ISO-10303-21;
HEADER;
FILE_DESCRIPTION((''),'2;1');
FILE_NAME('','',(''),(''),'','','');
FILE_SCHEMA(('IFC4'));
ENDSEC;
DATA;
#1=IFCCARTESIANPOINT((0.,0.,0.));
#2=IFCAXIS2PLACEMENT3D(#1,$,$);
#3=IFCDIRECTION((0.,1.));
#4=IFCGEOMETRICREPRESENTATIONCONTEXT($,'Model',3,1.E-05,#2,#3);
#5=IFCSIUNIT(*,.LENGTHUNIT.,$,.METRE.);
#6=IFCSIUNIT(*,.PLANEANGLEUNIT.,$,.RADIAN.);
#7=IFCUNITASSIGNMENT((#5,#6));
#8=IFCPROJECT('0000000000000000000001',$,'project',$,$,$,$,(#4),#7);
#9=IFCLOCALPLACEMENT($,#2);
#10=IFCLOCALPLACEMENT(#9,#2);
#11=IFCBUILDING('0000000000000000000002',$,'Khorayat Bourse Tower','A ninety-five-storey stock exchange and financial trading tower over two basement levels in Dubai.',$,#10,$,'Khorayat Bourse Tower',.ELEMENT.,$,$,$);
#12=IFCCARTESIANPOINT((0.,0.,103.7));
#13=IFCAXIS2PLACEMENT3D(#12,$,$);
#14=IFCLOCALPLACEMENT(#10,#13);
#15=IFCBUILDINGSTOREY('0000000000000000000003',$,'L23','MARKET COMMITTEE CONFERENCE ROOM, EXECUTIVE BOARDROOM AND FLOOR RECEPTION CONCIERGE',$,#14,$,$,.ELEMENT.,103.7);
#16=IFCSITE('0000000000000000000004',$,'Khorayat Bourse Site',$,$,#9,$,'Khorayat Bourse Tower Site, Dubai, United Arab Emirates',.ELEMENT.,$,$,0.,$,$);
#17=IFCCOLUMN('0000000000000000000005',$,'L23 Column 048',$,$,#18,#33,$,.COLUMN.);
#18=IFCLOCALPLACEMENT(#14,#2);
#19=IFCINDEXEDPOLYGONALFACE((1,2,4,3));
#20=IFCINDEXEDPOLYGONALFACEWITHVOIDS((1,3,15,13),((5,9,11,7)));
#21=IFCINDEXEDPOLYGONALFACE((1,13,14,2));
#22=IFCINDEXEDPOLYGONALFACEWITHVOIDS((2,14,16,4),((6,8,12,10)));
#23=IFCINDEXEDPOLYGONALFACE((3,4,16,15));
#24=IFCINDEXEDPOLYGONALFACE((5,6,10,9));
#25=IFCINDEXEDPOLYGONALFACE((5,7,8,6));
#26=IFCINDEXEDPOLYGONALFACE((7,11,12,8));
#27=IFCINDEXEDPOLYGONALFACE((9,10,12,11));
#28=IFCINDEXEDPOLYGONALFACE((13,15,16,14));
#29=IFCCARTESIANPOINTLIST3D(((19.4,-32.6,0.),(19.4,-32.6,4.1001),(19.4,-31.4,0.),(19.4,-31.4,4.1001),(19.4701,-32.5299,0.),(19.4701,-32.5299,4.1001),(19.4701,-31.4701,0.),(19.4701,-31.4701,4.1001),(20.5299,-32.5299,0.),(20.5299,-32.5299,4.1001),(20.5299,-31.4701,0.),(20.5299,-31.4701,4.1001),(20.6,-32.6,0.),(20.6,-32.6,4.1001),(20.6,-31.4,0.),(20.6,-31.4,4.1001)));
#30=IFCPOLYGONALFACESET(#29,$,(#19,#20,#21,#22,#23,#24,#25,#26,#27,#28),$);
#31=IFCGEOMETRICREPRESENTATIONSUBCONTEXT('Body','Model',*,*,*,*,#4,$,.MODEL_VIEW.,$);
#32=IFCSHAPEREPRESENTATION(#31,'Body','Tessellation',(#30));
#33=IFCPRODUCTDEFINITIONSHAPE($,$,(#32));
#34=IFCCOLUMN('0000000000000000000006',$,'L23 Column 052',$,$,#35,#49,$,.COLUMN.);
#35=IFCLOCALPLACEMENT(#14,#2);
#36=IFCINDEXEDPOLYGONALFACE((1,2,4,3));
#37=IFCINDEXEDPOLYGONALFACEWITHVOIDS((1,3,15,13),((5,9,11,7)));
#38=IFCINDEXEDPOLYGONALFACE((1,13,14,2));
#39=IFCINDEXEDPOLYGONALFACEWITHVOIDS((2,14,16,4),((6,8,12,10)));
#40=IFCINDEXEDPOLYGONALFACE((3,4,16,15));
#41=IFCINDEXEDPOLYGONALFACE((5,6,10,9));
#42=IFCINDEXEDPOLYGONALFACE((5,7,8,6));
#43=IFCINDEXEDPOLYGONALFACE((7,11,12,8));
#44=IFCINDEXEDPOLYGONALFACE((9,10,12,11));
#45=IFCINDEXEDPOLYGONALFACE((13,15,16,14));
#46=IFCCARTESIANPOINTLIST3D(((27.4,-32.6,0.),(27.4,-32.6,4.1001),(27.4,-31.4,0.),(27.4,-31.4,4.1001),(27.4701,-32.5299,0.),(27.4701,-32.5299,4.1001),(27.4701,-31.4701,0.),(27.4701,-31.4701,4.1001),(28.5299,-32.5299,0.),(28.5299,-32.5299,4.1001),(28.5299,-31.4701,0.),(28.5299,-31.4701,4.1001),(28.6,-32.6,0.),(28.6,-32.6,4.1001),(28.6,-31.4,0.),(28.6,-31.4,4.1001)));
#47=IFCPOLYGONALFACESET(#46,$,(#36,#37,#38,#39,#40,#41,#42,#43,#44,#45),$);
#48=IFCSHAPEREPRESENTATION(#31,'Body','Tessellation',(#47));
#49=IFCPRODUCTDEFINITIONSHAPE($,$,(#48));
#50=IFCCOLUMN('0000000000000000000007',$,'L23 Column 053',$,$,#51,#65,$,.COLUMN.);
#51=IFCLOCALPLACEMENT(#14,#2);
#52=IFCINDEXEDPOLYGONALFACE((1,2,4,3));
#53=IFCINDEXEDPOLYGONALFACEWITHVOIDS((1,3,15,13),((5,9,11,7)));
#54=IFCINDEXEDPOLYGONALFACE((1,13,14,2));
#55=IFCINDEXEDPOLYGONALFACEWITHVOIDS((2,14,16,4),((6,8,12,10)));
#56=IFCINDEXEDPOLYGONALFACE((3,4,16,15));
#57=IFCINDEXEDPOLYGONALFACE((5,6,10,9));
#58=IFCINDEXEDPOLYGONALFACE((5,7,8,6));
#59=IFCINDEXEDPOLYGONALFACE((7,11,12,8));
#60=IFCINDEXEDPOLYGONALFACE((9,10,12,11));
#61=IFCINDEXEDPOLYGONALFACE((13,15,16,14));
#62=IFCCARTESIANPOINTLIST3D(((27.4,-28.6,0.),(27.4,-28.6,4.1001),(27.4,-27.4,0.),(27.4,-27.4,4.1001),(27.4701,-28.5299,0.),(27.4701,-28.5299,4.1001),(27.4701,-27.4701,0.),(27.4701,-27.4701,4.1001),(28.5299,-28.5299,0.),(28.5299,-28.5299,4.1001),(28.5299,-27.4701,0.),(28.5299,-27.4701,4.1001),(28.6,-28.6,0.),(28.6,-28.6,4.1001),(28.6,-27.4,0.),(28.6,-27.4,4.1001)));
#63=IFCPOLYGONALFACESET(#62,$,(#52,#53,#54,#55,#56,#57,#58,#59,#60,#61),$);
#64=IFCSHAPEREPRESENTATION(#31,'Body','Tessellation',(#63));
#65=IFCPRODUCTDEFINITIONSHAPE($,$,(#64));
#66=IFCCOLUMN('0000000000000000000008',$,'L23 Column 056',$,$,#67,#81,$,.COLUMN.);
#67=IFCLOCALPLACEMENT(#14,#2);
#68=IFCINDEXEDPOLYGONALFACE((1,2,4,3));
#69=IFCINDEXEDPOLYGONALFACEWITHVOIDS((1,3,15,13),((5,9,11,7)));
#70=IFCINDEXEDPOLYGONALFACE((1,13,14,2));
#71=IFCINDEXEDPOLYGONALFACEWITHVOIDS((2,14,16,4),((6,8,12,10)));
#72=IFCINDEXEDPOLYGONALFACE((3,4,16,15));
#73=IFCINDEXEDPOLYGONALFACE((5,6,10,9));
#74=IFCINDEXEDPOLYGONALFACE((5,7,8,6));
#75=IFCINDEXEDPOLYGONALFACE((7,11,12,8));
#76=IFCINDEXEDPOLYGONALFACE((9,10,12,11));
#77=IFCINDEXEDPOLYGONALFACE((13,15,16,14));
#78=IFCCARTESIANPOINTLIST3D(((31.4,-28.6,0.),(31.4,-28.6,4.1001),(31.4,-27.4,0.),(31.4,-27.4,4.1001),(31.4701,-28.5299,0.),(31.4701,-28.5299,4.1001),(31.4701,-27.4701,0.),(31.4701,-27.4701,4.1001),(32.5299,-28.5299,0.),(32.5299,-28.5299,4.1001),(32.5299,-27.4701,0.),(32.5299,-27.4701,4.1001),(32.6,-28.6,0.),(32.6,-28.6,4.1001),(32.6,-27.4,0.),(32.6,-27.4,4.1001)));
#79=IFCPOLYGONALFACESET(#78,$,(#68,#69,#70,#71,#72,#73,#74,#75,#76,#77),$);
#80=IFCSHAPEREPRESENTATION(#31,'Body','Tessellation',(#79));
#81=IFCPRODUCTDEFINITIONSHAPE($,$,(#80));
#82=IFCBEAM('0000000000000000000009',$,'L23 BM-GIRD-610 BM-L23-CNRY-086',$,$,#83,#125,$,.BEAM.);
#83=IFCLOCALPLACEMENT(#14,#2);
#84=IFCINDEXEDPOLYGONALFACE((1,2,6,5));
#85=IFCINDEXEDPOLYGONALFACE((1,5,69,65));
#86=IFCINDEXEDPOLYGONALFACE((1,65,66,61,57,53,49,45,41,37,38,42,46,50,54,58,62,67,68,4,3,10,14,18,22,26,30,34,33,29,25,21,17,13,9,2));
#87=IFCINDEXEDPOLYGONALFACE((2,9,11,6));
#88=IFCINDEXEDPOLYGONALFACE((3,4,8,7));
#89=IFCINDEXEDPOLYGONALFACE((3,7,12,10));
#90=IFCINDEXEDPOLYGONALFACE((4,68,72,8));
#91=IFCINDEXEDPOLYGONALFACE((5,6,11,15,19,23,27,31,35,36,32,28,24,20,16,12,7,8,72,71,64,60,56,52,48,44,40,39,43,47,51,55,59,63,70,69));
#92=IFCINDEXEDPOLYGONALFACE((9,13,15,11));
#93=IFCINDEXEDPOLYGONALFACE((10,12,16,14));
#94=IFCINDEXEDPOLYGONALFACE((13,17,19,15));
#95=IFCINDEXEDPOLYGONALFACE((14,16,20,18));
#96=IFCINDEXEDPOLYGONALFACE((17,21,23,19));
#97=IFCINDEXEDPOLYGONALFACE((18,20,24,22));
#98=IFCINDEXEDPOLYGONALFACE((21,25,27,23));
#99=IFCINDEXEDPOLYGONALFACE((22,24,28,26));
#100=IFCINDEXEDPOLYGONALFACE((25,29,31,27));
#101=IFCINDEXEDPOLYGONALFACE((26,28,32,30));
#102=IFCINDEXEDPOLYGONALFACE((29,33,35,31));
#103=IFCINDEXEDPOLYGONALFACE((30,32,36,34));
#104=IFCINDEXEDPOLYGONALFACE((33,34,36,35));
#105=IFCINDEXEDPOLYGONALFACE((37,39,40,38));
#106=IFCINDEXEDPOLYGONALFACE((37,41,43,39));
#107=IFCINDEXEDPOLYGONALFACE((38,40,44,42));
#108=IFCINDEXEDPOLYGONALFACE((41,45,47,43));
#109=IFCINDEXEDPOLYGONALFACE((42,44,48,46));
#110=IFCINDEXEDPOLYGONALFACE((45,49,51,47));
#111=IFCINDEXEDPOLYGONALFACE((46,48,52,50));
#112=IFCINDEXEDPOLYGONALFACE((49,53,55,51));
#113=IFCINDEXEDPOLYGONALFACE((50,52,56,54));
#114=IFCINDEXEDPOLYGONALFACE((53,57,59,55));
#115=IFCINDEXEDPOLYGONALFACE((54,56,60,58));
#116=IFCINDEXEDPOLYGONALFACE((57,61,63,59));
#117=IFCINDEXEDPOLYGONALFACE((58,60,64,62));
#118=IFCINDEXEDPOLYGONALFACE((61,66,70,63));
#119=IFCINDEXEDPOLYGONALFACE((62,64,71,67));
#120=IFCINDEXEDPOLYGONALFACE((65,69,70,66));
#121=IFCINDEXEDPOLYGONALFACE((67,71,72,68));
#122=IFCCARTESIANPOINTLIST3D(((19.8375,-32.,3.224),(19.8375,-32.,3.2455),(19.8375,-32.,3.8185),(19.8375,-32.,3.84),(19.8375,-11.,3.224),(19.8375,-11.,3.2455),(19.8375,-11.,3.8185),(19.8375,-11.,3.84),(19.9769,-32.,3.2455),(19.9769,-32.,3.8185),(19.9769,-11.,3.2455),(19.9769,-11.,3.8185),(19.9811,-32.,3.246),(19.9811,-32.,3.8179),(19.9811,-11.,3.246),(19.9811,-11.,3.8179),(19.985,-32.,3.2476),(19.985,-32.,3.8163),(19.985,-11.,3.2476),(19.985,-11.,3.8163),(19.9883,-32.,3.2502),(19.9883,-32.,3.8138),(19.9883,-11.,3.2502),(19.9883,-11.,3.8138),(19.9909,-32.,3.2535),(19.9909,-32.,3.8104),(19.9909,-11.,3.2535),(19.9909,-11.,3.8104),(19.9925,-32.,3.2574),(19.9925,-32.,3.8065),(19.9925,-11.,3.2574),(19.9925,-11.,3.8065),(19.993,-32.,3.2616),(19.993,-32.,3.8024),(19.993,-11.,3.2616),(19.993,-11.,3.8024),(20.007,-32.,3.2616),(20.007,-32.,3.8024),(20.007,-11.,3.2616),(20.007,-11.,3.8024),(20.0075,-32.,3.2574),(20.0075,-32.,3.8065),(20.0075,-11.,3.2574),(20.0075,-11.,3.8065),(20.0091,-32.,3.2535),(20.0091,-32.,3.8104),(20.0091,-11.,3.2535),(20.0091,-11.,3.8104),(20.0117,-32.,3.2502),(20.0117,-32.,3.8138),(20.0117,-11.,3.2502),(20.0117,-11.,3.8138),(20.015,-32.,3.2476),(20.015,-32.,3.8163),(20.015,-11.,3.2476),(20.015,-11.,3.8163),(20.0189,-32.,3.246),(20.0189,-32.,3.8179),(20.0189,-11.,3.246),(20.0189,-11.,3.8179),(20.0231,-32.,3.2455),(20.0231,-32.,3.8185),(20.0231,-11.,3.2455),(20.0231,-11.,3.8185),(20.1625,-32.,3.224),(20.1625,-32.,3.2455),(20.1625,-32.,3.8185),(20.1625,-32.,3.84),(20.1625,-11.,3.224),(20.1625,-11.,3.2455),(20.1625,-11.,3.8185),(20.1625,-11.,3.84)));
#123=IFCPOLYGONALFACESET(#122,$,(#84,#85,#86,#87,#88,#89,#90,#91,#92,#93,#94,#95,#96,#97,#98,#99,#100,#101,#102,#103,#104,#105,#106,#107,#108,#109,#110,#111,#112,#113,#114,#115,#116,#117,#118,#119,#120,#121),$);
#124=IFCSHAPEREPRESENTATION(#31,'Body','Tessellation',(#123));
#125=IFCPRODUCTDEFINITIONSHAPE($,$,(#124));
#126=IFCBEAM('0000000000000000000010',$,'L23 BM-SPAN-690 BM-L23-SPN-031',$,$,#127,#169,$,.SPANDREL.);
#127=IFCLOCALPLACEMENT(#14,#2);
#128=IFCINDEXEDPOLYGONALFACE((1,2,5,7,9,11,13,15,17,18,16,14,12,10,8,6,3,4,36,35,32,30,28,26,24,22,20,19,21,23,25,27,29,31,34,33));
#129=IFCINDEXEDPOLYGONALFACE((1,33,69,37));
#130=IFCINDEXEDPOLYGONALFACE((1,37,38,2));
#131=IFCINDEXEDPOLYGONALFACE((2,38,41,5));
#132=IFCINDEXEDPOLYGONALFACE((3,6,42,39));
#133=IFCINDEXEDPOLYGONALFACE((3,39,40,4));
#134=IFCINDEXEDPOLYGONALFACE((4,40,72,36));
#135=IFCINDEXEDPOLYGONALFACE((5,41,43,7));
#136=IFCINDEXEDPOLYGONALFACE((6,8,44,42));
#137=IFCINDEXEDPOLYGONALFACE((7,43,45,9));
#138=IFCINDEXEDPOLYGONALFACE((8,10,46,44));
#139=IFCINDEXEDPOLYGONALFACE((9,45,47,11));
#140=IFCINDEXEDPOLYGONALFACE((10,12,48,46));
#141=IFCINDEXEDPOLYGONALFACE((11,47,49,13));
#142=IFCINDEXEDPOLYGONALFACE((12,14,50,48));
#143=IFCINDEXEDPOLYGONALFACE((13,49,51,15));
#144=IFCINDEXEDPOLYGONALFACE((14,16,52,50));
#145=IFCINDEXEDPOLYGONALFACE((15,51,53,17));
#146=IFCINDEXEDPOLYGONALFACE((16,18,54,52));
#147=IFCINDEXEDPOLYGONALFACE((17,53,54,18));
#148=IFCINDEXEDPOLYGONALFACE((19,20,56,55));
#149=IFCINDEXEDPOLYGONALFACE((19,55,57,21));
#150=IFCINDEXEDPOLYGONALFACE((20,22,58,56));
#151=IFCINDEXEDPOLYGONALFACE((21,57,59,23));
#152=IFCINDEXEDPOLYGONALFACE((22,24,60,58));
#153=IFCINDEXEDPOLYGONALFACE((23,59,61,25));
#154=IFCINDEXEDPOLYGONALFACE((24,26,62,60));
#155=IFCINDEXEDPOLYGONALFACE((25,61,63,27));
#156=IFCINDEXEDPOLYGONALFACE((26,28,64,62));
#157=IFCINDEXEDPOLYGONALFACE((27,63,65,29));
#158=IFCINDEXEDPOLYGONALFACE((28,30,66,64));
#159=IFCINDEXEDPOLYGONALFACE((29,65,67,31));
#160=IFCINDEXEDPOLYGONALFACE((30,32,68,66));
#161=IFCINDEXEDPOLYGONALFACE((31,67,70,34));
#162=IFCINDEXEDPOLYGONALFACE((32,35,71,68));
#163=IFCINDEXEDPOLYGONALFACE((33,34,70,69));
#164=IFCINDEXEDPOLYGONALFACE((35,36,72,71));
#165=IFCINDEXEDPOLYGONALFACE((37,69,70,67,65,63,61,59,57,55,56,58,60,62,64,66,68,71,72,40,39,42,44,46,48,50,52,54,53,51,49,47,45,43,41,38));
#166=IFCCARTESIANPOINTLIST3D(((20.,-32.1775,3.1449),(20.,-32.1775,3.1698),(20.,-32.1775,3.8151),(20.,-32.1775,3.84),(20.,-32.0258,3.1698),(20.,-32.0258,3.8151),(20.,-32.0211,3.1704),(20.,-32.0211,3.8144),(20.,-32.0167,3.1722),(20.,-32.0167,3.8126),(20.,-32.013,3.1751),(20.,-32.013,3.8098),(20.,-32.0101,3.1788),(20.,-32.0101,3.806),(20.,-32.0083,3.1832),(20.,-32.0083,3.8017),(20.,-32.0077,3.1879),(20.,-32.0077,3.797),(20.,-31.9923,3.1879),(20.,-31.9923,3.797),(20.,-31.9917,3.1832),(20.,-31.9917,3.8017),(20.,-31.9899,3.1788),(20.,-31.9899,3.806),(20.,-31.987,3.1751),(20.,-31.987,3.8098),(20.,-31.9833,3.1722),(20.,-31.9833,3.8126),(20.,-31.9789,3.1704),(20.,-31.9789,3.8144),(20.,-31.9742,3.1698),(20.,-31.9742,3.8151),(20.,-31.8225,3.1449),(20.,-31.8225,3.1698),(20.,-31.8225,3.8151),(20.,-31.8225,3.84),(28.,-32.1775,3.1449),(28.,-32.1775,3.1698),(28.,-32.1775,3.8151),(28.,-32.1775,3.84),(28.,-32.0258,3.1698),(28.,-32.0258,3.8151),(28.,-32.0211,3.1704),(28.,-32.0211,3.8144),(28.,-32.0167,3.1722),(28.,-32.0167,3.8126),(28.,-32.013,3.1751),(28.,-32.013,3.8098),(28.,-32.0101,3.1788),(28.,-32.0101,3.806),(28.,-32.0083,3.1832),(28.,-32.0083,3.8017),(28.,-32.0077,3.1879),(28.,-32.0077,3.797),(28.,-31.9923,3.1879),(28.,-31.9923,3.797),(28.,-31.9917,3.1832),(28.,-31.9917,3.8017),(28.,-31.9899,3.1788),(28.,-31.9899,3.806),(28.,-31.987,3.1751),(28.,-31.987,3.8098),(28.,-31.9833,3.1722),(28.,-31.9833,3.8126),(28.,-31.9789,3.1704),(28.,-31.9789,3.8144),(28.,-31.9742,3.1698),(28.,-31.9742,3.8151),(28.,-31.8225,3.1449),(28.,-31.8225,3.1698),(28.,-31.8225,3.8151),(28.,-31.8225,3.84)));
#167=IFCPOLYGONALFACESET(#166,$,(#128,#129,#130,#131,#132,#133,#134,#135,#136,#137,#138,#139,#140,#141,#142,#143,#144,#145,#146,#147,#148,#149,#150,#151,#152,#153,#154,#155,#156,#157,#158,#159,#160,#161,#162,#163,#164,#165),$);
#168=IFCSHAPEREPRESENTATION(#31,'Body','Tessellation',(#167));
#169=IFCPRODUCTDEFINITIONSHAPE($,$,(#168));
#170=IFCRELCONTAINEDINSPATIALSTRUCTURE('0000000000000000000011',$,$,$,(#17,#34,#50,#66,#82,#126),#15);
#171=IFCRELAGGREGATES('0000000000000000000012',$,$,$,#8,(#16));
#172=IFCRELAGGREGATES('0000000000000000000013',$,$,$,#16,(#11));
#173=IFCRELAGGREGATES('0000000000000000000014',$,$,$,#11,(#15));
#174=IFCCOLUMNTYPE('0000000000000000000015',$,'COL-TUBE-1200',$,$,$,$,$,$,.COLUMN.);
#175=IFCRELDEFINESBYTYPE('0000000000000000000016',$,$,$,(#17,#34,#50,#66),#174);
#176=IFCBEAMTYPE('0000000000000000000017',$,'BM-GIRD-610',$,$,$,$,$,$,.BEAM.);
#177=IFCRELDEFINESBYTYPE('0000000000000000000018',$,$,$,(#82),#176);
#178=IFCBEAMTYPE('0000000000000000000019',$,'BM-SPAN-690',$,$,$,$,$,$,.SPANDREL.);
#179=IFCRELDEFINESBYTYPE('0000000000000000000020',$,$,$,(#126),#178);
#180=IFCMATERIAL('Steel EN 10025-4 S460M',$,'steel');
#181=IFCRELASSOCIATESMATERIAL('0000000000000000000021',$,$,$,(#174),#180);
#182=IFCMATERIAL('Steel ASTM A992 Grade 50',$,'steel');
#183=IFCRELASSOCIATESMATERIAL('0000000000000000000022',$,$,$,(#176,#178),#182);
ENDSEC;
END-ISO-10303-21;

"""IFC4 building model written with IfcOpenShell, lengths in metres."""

from ifc_helpers import new_model, si_unit, direction, frame, origin, origin_2d, place, context, subcontext, project, spatial, hollow_rectangle, i_section, extrude, source, transform, mapped, material, material_profile, profile_set, type_object, element, save


model = new_model("IFC4")

# Units and contexts
model_context = context("Model", 3, precision=1e-05, world=origin(), true_north=direction((0.0, 1.0)))
body_context = subcontext(model_context, "Body", "Model", "MODEL_VIEW")
ifc_project = project(units=[si_unit("LENGTHUNIT", "METRE"), si_unit("PLANEANGLEUNIT", "RADIAN")], contexts=[model_context])

# Site, building, storey
site_placement = place(None, origin())
site = spatial("IfcSite", under=ifc_project, at=site_placement, Name="Khorayat Bourse Site", LongName="Khorayat Bourse Tower Site, Dubai, United Arab Emirates", CompositionType="ELEMENT", RefElevation=0.0)
building_placement = place(site_placement, origin())
building = spatial("IfcBuilding", under=site, at=building_placement, Name="Khorayat Bourse Tower", Description="A ninety-five-storey stock exchange and financial trading tower over two basement levels in Dubai.", LongName="Khorayat Bourse Tower", CompositionType="ELEMENT")
storey_placement = place(building_placement, frame((0.0, 0.0, 103.7)))
storey = spatial("IfcBuildingStorey", under=building, at=storey_placement, Name="L23", Description="MARKET COMMITTEE CONFERENCE ROOM, EXECUTIVE BOARDROOM AND FLOOR RECEPTION CONCIERGE", CompositionType="ELEMENT", Elevation=103.7)

# Columns
ifc_material_1 = material(Name="Steel EN 10025-4 S460M", Category="steel")
ifc_material_profile_1 = material_profile(ifc_material_1, hollow_rectangle(XDim=1.2, YDim=1.2, WallThickness=0.0701, at=origin_2d()), Name="BOX 1200x1200x70")
ifc_profile_set_1 = profile_set([ifc_material_profile_1], Name="Steel EN 10025-4 S460M")
column_type = type_object("IfcColumnType", Name="COL-TUBE-1200", PredefinedType="COLUMN", material=ifc_profile_set_1)
shared_shape_1 = source(origin(), body_context, "Body", "SweptSolid", [
    extrude(hollow_rectangle(XDim=1.2, YDim=1.2, WallThickness=0.0701, at=origin_2d()), origin(), (0.0, 0.0, 1.0), 4.1001),
])
for number, where, z_axis, x_axis, name in (
    (1, (20.0, -32.0, 0.0), (0.0, 0.0, 1.0), (1.0, 0.0, 0.0), "L23 Column 048"),
    (2, (28.0, -32.0, 0.0), (0.0, 0.0, 1.0), (1.0, 0.0, 0.0), "L23 Column 052"),
    (3, (28.0, -28.0, 0.0), (0.0, 0.0, 1.0), (1.0, 0.0, 0.0), "L23 Column 053"),
    (4, (32.0, -28.0, 0.0), (0.0, 0.0, 1.0), (1.0, 0.0, 0.0), "L23 Column 056"),
):
    element("IfcColumn", number, at=place(storey_placement, frame(where, z_axis=z_axis, x_axis=x_axis)), inside=storey, type_object=column_type, Name=name, PredefinedType="COLUMN", context=body_context, shape_type="MappedRepresentation", body=[
        mapped(shared_shape_1, transform((0.0, 0.0, 0.0), scale=1.0)),
    ])

# Beams
ifc_material_2 = material(Name="Steel ASTM A992 Grade 50", Category="steel")
ifc_material_profile_2 = material_profile(ifc_material_2, i_section(OverallWidth=0.325, OverallDepth=0.616, WebThickness=0.0139, FlangeThickness=0.0215, FilletRadius=0.0161, at=origin_2d()), Name="W610X174")
ifc_profile_set_2 = profile_set([ifc_material_profile_2], Name="Steel ASTM A992 Grade 50")
beam_type_1 = type_object("IfcBeamType", Name="BM-GIRD-610", PredefinedType="BEAM", material=ifc_profile_set_2)
shared_shape_2 = source(origin(), body_context, "Body", "SweptSolid", [
    extrude(i_section(OverallWidth=0.325, OverallDepth=0.616, WebThickness=0.0139, FlangeThickness=0.0215, FilletRadius=0.0161, at=origin_2d()), origin(), (0.0, 0.0, 1.0), 21.0),
])
beam_1_placement = place(storey_placement, frame((20.0, -32.0, 3.532), z_axis=(0.0, 1.0, 0.0), x_axis=(-1.0, 0.0, 0.0)))
element("IfcBeam", 5, at=beam_1_placement, inside=storey, type_object=beam_type_1, Name="L23 BM-GIRD-610 BM-L23-CNRY-086", PredefinedType="BEAM", context=body_context, shape_type="MappedRepresentation", body=[
    mapped(shared_shape_2, transform((0.0, 0.0, 0.0), scale=1.0)),
])
ifc_material_profile_3 = material_profile(ifc_material_2, i_section(OverallWidth=0.355, OverallDepth=0.6951, WebThickness=0.0154, FlangeThickness=0.0249, FilletRadius=0.0181, at=origin_2d()), Name="W690X217")
ifc_profile_set_3 = profile_set([ifc_material_profile_3], Name="Steel ASTM A992 Grade 50")
beam_type_2 = type_object("IfcBeamType", Name="BM-SPAN-690", PredefinedType="SPANDREL", material=ifc_profile_set_3)
shared_shape_3 = source(origin(), body_context, "Body", "SweptSolid", [
    extrude(i_section(OverallWidth=0.355, OverallDepth=0.6951, WebThickness=0.0154, FlangeThickness=0.0249, FilletRadius=0.0181, at=origin_2d()), origin(), (0.0, 0.0, 1.0), 8.0),
])
for number, where, z_axis, x_axis, name in (
    (6, (20.0, -32.0, 3.4924), (1.0, 0.0, 0.0), (0.0, 1.0, 0.0), "L23 BM-SPAN-690 BM-L23-SPN-031"),
):
    element("IfcBeam", number, at=place(storey_placement, frame(where, z_axis=z_axis, x_axis=x_axis)), inside=storey, type_object=beam_type_2, Name=name, PredefinedType="SPANDREL", context=body_context, shape_type="MappedRepresentation", body=[
        mapped(shared_shape_3, transform((0.0, 0.0, 0.0), scale=1.0)),
    ])

save(model, "model.ifc")
